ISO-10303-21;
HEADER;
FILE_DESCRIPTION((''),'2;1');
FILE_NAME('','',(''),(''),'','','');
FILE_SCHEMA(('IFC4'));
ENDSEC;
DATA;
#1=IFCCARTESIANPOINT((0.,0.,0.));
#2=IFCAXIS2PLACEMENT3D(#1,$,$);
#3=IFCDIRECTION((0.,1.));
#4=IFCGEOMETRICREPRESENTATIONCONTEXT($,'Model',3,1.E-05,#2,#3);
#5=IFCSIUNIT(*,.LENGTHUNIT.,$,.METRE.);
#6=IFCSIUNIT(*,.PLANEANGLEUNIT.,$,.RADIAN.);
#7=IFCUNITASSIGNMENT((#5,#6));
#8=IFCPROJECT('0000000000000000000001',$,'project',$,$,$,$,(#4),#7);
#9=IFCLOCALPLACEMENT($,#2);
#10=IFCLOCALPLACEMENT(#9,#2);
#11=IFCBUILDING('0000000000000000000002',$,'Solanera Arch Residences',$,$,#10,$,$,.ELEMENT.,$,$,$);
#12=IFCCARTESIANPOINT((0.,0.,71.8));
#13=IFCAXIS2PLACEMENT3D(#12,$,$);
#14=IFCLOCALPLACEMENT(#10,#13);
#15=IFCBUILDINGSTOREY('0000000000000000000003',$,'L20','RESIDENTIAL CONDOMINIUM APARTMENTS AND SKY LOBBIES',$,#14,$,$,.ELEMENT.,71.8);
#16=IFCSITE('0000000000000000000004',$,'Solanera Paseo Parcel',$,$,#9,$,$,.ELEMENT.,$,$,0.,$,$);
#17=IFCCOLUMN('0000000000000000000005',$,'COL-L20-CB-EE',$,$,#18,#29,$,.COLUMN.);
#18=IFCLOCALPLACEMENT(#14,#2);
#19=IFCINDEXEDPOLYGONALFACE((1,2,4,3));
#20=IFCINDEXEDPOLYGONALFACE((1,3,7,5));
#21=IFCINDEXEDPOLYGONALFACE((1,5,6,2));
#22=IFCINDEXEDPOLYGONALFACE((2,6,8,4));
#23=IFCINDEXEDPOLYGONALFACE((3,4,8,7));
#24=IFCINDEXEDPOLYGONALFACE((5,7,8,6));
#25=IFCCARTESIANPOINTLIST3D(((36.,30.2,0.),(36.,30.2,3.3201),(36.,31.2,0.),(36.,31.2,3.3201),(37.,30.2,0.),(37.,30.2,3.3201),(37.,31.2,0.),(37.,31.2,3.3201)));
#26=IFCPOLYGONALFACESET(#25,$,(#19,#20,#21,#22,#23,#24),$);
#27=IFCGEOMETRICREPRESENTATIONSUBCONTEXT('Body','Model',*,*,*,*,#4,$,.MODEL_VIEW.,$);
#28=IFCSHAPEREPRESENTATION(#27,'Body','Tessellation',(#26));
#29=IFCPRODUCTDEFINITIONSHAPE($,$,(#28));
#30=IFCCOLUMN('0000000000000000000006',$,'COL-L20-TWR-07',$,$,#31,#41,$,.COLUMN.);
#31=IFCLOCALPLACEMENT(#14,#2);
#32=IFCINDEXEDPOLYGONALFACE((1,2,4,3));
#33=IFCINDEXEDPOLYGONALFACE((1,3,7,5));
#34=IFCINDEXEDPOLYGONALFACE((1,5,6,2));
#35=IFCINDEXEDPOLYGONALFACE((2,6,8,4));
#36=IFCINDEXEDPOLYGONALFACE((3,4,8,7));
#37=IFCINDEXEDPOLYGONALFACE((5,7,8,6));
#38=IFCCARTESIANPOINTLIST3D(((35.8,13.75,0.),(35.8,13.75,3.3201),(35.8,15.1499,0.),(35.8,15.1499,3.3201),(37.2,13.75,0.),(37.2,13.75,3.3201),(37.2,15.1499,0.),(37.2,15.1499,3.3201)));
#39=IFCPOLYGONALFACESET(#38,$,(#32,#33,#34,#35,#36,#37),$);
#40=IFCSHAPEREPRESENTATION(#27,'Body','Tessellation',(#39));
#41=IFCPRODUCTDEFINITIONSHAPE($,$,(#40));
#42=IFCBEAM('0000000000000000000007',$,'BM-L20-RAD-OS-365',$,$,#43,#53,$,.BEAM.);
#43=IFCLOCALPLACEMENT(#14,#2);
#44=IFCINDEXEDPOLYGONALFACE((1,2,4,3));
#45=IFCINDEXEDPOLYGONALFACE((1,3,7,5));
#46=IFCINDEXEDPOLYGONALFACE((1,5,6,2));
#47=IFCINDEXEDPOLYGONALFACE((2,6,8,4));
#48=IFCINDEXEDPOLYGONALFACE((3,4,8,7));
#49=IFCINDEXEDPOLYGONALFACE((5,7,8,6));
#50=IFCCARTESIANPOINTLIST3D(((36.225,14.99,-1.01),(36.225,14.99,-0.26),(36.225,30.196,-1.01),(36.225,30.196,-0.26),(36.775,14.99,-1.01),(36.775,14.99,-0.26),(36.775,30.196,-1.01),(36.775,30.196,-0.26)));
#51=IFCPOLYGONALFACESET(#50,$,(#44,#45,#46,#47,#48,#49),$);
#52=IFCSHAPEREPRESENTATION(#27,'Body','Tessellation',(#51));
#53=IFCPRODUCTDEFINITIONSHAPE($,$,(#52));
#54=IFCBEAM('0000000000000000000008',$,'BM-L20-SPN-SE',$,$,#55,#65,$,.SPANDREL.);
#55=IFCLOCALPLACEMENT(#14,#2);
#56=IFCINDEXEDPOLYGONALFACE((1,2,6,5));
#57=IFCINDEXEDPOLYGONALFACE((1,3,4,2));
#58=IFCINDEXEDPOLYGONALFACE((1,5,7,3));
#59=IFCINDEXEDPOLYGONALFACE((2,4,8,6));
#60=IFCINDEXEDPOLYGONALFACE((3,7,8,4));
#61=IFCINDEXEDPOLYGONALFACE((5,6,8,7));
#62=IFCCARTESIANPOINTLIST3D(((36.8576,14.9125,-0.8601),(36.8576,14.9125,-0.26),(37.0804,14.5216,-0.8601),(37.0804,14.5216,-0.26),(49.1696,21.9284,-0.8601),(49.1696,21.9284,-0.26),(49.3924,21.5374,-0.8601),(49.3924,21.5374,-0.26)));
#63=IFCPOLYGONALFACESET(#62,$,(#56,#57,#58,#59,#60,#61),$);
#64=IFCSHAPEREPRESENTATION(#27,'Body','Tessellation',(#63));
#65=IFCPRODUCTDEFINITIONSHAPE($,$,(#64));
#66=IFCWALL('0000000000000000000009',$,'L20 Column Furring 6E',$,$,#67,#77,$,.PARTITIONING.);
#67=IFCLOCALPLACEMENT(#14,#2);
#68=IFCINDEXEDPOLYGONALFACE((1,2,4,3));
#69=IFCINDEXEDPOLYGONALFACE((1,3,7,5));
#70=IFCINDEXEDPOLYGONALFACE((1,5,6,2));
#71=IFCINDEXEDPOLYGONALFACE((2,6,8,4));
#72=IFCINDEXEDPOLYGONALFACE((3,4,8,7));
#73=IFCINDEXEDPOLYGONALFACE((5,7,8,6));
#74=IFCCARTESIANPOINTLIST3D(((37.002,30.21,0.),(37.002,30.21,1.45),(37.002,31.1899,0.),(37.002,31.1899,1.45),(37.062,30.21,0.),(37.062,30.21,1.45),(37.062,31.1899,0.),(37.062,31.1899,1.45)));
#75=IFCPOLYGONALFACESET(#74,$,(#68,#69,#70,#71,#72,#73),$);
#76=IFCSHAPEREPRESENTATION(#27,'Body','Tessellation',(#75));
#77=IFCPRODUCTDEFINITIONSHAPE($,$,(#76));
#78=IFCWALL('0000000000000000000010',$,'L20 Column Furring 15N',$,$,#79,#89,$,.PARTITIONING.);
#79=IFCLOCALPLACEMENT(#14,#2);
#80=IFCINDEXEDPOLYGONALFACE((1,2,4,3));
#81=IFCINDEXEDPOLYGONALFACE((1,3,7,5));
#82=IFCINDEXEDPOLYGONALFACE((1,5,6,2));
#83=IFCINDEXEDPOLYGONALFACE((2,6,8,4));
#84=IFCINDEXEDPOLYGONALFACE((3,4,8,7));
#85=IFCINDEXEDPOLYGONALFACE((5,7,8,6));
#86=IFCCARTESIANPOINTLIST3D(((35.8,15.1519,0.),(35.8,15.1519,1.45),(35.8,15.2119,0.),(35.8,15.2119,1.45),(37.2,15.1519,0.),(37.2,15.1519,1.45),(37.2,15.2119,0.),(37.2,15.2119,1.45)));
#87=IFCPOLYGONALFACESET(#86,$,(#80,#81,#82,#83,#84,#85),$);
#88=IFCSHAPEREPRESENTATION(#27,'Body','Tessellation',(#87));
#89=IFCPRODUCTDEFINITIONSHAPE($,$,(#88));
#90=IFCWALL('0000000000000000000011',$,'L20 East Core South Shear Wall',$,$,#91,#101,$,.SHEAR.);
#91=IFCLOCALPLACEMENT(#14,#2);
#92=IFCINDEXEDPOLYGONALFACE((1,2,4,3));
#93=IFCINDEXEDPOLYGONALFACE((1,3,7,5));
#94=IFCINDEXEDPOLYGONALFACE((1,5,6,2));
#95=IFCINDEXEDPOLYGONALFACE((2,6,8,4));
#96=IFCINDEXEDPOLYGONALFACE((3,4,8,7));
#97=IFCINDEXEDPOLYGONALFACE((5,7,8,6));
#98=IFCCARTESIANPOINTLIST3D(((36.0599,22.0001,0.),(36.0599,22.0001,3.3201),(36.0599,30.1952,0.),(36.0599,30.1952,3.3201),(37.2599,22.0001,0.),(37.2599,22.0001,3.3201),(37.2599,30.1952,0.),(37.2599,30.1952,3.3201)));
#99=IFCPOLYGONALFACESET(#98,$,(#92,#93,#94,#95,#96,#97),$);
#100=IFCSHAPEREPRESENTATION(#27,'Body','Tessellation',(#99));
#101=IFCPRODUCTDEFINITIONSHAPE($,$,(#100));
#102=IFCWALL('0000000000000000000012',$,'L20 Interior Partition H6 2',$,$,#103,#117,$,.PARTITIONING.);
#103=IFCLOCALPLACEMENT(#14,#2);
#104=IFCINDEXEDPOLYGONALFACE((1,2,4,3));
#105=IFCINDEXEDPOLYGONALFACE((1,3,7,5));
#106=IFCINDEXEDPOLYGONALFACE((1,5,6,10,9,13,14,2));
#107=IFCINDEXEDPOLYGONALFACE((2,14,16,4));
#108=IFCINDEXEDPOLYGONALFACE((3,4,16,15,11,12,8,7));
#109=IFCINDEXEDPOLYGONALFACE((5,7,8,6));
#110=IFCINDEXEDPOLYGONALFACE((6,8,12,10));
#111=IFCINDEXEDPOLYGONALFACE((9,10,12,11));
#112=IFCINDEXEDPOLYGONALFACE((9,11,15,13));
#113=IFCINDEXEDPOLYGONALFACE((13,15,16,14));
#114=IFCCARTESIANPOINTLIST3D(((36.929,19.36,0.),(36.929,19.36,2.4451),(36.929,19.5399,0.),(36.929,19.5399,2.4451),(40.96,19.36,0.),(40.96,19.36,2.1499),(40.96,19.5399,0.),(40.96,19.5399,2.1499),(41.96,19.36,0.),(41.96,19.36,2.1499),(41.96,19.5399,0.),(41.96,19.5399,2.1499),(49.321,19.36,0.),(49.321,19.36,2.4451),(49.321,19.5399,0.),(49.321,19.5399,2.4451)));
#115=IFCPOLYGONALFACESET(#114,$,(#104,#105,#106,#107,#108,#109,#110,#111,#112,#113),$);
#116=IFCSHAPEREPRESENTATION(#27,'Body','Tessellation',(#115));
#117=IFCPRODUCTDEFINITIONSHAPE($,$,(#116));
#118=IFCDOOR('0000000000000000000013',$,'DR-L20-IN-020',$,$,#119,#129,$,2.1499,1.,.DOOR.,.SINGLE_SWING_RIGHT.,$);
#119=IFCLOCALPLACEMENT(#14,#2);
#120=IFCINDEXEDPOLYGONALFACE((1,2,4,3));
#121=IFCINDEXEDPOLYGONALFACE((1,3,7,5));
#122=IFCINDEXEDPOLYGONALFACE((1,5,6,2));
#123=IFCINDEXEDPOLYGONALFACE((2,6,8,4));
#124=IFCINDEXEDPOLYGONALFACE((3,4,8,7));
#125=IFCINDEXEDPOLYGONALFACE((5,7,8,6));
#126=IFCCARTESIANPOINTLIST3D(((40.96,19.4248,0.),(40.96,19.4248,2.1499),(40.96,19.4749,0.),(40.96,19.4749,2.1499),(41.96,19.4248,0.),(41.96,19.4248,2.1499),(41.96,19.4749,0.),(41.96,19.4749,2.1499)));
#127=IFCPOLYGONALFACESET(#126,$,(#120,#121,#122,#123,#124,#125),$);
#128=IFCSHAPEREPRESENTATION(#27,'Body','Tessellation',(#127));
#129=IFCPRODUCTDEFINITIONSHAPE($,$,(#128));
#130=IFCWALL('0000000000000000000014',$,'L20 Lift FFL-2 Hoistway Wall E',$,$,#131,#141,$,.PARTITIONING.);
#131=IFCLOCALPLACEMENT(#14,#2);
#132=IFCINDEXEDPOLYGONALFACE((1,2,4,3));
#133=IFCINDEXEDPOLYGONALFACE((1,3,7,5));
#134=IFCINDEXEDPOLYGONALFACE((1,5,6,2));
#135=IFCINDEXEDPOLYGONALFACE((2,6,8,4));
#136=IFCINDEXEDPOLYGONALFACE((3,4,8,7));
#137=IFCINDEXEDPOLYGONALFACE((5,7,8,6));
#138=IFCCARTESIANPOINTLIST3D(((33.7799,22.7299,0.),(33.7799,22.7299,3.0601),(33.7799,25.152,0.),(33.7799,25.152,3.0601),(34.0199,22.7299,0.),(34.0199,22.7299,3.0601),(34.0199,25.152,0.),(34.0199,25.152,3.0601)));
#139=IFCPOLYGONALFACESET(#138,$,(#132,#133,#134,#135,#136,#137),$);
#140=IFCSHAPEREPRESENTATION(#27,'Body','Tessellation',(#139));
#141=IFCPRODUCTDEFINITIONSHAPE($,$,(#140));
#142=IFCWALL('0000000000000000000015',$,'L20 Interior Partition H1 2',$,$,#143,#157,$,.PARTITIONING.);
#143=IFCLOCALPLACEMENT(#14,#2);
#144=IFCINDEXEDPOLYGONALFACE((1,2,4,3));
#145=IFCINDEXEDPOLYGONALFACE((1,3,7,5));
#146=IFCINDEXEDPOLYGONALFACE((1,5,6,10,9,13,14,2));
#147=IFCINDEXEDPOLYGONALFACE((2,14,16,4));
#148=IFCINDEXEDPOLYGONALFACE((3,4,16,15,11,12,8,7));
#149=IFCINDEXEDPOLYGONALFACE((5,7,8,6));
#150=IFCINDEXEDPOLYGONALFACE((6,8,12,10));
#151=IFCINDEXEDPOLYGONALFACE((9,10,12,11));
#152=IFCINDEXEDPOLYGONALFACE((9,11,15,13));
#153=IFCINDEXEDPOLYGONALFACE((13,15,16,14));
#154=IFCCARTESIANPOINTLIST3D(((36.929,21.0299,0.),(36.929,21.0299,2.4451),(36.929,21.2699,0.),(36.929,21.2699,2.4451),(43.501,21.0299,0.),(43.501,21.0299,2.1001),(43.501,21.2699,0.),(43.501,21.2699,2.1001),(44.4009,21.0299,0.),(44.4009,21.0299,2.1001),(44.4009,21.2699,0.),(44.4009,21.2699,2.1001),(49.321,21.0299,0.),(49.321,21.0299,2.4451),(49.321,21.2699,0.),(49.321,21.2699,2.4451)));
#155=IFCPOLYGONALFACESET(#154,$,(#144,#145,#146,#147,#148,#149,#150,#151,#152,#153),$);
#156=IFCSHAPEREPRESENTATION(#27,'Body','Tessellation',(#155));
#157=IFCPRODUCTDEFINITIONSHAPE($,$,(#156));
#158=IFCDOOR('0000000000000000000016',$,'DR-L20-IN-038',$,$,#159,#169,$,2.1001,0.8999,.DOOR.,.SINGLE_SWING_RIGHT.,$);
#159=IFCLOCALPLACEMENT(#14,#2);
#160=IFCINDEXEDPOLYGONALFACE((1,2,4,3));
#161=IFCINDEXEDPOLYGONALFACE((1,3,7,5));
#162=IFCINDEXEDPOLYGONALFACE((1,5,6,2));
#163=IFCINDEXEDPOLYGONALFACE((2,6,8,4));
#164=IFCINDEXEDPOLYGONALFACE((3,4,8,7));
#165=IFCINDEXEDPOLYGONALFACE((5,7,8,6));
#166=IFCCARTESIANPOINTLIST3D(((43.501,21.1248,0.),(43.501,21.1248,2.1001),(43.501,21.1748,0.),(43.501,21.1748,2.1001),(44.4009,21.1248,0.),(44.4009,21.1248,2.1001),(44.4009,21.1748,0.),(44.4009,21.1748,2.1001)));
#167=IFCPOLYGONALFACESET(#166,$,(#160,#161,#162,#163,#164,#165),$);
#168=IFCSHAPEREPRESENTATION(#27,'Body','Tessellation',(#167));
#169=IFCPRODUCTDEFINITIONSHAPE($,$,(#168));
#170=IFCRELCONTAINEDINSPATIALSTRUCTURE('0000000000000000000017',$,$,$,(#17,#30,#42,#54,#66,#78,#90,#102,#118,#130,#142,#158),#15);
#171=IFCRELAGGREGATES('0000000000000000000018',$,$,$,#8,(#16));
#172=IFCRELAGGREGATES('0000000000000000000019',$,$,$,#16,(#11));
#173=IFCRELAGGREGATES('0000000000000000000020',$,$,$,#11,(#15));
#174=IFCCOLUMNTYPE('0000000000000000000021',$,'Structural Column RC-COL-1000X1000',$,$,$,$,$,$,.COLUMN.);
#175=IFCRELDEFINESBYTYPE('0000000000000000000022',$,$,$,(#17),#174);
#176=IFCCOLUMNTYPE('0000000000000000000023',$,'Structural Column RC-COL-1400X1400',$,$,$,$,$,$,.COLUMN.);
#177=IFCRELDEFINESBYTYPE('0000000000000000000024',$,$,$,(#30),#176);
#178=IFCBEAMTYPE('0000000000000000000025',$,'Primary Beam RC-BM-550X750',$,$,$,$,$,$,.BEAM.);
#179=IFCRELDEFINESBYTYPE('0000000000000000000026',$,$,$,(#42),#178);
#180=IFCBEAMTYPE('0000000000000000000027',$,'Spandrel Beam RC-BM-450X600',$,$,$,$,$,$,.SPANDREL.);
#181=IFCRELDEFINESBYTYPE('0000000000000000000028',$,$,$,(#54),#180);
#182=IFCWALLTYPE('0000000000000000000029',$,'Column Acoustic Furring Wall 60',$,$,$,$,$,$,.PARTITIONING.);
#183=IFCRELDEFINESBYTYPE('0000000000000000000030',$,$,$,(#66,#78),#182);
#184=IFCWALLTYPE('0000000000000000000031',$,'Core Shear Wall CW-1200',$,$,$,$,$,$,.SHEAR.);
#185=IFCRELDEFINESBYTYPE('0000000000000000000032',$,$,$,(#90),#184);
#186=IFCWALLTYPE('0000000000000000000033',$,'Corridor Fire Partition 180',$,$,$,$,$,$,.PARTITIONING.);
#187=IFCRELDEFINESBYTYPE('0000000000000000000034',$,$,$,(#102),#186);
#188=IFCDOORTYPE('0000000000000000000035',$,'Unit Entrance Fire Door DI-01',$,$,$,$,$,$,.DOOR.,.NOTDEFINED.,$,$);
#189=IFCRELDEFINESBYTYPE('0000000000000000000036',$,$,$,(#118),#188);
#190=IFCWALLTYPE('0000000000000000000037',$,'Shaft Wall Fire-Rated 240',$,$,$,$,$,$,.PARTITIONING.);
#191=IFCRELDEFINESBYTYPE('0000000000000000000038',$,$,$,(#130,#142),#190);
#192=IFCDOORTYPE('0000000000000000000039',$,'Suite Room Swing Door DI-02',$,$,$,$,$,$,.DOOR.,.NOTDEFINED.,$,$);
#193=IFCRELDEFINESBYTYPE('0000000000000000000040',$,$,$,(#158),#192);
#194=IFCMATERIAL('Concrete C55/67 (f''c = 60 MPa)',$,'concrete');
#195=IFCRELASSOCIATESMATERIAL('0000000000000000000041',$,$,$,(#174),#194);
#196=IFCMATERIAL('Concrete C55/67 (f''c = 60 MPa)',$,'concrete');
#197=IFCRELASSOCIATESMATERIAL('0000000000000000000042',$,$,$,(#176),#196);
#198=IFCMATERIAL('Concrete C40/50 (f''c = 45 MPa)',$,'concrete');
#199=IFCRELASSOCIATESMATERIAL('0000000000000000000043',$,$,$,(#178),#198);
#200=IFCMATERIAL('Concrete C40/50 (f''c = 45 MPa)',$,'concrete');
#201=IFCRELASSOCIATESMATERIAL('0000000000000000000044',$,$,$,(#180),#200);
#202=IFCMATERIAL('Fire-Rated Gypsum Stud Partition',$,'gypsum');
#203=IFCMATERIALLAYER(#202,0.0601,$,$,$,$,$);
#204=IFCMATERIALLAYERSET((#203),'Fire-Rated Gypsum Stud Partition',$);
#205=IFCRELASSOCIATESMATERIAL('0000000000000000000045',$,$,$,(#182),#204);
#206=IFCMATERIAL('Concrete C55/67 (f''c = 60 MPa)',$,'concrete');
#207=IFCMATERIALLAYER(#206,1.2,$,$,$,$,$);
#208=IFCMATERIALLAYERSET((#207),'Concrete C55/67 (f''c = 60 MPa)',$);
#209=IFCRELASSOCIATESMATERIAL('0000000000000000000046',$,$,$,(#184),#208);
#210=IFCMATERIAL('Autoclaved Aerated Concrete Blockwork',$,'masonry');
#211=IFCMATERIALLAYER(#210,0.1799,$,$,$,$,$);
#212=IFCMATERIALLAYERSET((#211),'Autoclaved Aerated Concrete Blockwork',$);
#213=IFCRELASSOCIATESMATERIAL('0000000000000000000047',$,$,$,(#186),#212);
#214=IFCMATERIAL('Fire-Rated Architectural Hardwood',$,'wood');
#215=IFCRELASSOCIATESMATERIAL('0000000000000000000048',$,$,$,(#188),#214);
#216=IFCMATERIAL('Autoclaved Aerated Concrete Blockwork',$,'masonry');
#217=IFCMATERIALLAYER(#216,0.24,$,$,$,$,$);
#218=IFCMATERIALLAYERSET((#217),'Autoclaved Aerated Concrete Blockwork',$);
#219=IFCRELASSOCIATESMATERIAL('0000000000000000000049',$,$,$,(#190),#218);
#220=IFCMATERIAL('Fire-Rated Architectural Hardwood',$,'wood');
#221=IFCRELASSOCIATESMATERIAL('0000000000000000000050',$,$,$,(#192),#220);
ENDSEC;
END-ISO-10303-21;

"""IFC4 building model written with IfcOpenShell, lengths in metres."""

from ifc_helpers import new_model, si_unit, direction, frame, frame_2d, origin, origin_2d, place, context, subcontext, project, spatial, rectangle, extrude, material, layer, layer_set, material_profile, profile_set, type_object, element, fill, save


model = new_model("IFC4")

# Units and contexts
model_context = context("Model", 3, precision=1e-05, world=origin(), true_north=direction((0.0, 1.0)))
body_context = subcontext(model_context, "Body", "Model", "MODEL_VIEW")
ifc_project = project(units=[si_unit("LENGTHUNIT", "METRE"), si_unit("PLANEANGLEUNIT", "RADIAN")], contexts=[model_context])

# Site, building, storey
site_placement = place(None, origin())
site = spatial("IfcSite", under=ifc_project, at=site_placement, Name="Solanera Paseo Parcel", CompositionType="ELEMENT", RefElevation=0.0)
building_placement = place(site_placement, origin())
building = spatial("IfcBuilding", under=site, at=building_placement, Name="Solanera Arch Residences", CompositionType="ELEMENT")
storey_placement = place(building_placement, frame((0.0, 0.0, 71.8)))
storey = spatial("IfcBuildingStorey", under=building, at=storey_placement, Name="L20", Description="RESIDENTIAL CONDOMINIUM APARTMENTS AND SKY LOBBIES", CompositionType="ELEMENT", Elevation=71.8)

# Columns
ifc_material_1 = material(Name="Concrete C55/67 (f'c = 60 MPa)", Category="concrete")
ifc_material_profile_1 = material_profile(ifc_material_1, rectangle(XDim=1.0, YDim=1.0, at=origin_2d()))
ifc_profile_set_1 = profile_set([ifc_material_profile_1], Name="Concrete C55/67 (f'c = 60 MPa)")
column_type_1 = type_object("IfcColumnType", Name="Structural Column RC-COL-1000X1000", PredefinedType="COLUMN", material=ifc_profile_set_1)
column_1_placement = place(storey_placement, frame((36.5, 30.7, 0.0), z_axis=(0.0, 0.0, 1.0), x_axis=(1.0, 0.0, 0.0)))
element("IfcColumn", 1, at=column_1_placement, inside=storey, type_object=column_type_1, Name="COL-L20-CB-EE", PredefinedType="COLUMN", context=body_context, shape_type="SweptSolid", body=[
    extrude(rectangle(XDim=1.0, YDim=1.0, at=origin_2d()), origin(), (0.0, 0.0, 1.0), 3.3201),
])
ifc_material_2 = material(Name="Concrete C55/67 (f'c = 60 MPa)", Category="concrete")
ifc_material_profile_2 = material_profile(ifc_material_2, rectangle(XDim=1.3999, YDim=1.3999, at=origin_2d()))
ifc_profile_set_2 = profile_set([ifc_material_profile_2], Name="Concrete C55/67 (f'c = 60 MPa)")
column_type_2 = type_object("IfcColumnType", Name="Structural Column RC-COL-1400X1400", PredefinedType="COLUMN", material=ifc_profile_set_2)
column_2_placement = place(storey_placement, frame((36.5, 14.45, 0.0), z_axis=(0.0, 0.0, 1.0), x_axis=(1.0, 0.0, 0.0)))
element("IfcColumn", 2, at=column_2_placement, inside=storey, type_object=column_type_2, Name="COL-L20-TWR-07", PredefinedType="COLUMN", context=body_context, shape_type="SweptSolid", body=[
    extrude(rectangle(XDim=1.3999, YDim=1.3999, at=origin_2d()), origin(), (0.0, 0.0, 1.0), 3.3201),
])

# Beams
ifc_material_3 = material(Name="Concrete C40/50 (f'c = 45 MPa)", Category="concrete")
ifc_material_profile_3 = material_profile(ifc_material_3, rectangle(XDim=0.55, YDim=0.75, at=origin_2d()))
ifc_profile_set_3 = profile_set([ifc_material_profile_3], Name="Concrete C40/50 (f'c = 45 MPa)")
beam_type_1 = type_object("IfcBeamType", Name="Primary Beam RC-BM-550X750", PredefinedType="BEAM", material=ifc_profile_set_3)
beam_1_placement = place(storey_placement, frame((36.5, 14.99, -0.635), z_axis=(0.0, 1.0, 0.0), x_axis=(-1.0, 0.0, 0.0)))
element("IfcBeam", 3, at=beam_1_placement, inside=storey, type_object=beam_type_1, Name="BM-L20-RAD-OS-365", PredefinedType="BEAM", context=body_context, shape_type="SweptSolid", body=[
    extrude(rectangle(XDim=0.55, YDim=0.75, at=origin_2d()), origin(), (0.0, 0.0, 1.0), 15.2061),
])
ifc_material_4 = material(Name="Concrete C40/50 (f'c = 45 MPa)", Category="concrete")
ifc_material_profile_4 = material_profile(ifc_material_4, rectangle(XDim=0.45, YDim=0.6001, at=origin_2d()))
ifc_profile_set_4 = profile_set([ifc_material_profile_4], Name="Concrete C40/50 (f'c = 45 MPa)")
beam_type_2 = type_object("IfcBeamType", Name="Spandrel Beam RC-BM-450X600", PredefinedType="SPANDREL", material=ifc_profile_set_4)
beam_2_placement = place(storey_placement, frame((36.969, 14.717, -0.5601), z_axis=(0.868837, 0.495098, 0.0), x_axis=(-0.495098, 0.868837, 0.0)))
element("IfcBeam", 4, at=beam_2_placement, inside=storey, type_object=beam_type_2, Name="BM-L20-SPN-SE", PredefinedType="SPANDREL", context=body_context, shape_type="SweptSolid", body=[
    extrude(rectangle(XDim=0.45, YDim=0.6001, at=origin_2d()), origin(), (0.0, 0.0, 1.0), 14.1707),
])

# Walls
ifc_material_5 = material(Name="Fire-Rated Gypsum Stud Partition", Category="gypsum")
ifc_layer_1 = layer(ifc_material_5, 0.0601)
ifc_layer_set_1 = layer_set([ifc_layer_1], Name="Fire-Rated Gypsum Stud Partition")
wall_type_1 = type_object("IfcWallType", Name="Column Acoustic Furring Wall 60", PredefinedType="PARTITIONING", material=ifc_layer_set_1)
wall_1_placement = place(storey_placement, frame((37.032, 30.21, 0.0), z_axis=(0.0, 0.0, 1.0), x_axis=(0.0, 1.0, 0.0)))
element("IfcWall", 5, at=wall_1_placement, inside=storey, type_object=wall_type_1, Name="L20 Column Furring 6E", PredefinedType="PARTITIONING", context=body_context, shape_type="SweptSolid", body=[
    extrude(rectangle(XDim=0.98, YDim=0.0601, at=frame_2d((0.49, 0.0))), origin(), (0.0, 0.0, 1.0), 1.45),
])
wall_2_placement = place(storey_placement, frame((35.8, 15.1819, 0.0), z_axis=(0.0, 0.0, 1.0), x_axis=(1.0, 0.0, 0.0)))
element("IfcWall", 6, at=wall_2_placement, inside=storey, type_object=wall_type_1, Name="L20 Column Furring 15N", PredefinedType="PARTITIONING", context=body_context, shape_type="SweptSolid", body=[
    extrude(rectangle(XDim=1.3999, YDim=0.0601, at=frame_2d((0.7, 0.0))), origin(), (0.0, 0.0, 1.0), 1.45),
])
ifc_material_6 = material(Name="Concrete C55/67 (f'c = 60 MPa)", Category="concrete")
ifc_layer_2 = layer(ifc_material_6, 1.2)
ifc_layer_set_2 = layer_set([ifc_layer_2], Name="Concrete C55/67 (f'c = 60 MPa)")
wall_type_2 = type_object("IfcWallType", Name="Core Shear Wall CW-1200", PredefinedType="SHEAR", material=ifc_layer_set_2)
wall_3_placement = place(storey_placement, frame((36.6599, 22.0, 0.0), z_axis=(0.0, 0.0, 1.0), x_axis=(0.0, 1.0, 0.0)))
element("IfcWall", 7, at=wall_3_placement, inside=storey, type_object=wall_type_2, Name="L20 East Core South Shear Wall", PredefinedType="SHEAR", context=body_context, shape_type="SweptSolid", body=[
    extrude(rectangle(XDim=8.1951, YDim=1.2, at=frame_2d((4.0977, 0.0))), origin(), (0.0, 0.0, 1.0), 3.3201),
])

# Wall, opening, door
ifc_material_7 = material(Name="Autoclaved Aerated Concrete Blockwork", Category="masonry")
ifc_layer_3 = layer(ifc_material_7, 0.1799)
ifc_layer_set_3 = layer_set([ifc_layer_3], Name="Autoclaved Aerated Concrete Blockwork")
wall_type_3 = type_object("IfcWallType", Name="Corridor Fire Partition 180", PredefinedType="PARTITIONING", material=ifc_layer_set_3)
wall_4_placement = place(storey_placement, frame((36.929, 19.45, 0.0), z_axis=(0.0, 0.0, 1.0), x_axis=(1.0, 0.0, 0.0)))
wall_4 = element("IfcWall", 8, at=wall_4_placement, inside=storey, type_object=wall_type_3, Name="L20 Interior Partition H6 2", PredefinedType="PARTITIONING", context=body_context, shape_type="SweptSolid", body=[
    extrude(rectangle(XDim=12.3921, YDim=0.1799, at=frame_2d((6.196, 0.0))), origin(), (0.0, 0.0, 1.0), 2.4451),
])
opening_1_placement = place(wall_4_placement, frame((4.031, 0.0, 0.0)))
opening_1 = element("IfcOpeningElement", 9, at=opening_1_placement, cuts=wall_4, PredefinedType="OPENING", context=body_context, shape_type="SweptSolid", body=[
    extrude(rectangle(XDim=1.0, YDim=2.1499, at=frame_2d((0.5, 1.075))), frame((0.0, 0.1001, 0.0), z_axis=(0.0, -1.0, 0.0), x_axis=(1.0, 0.0, 0.0)), (0.0, 0.0, 1.0), 0.1999),
])
ifc_material_8 = material(Name="Fire-Rated Architectural Hardwood", Category="wood")
door_type_1 = type_object("IfcDoorType", Name="Unit Entrance Fire Door DI-01", OperationType="NOTDEFINED", PredefinedType="DOOR", material=ifc_material_8)
door_1_placement = place(opening_1_placement, origin())
door_1 = element("IfcDoor", 10, at=door_1_placement, inside=storey, type_object=door_type_1, Name="DR-L20-IN-020", OperationType="SINGLE_SWING_RIGHT", OverallHeight=2.1499, OverallWidth=1.0, PredefinedType="DOOR", context=body_context, shape_type="SweptSolid", body=[
    extrude(rectangle(XDim=1.0, YDim=2.1499, at=frame_2d((0.5, 1.075))), frame((0.0, 0.0249, 0.0), z_axis=(0.0, -1.0, 0.0), x_axis=(1.0, 0.0, 0.0)), (0.0, 0.0, 1.0), 0.05),
])
fill(opening_1, door_1)

# Wall
ifc_material_9 = material(Name="Autoclaved Aerated Concrete Blockwork", Category="masonry")
ifc_layer_4 = layer(ifc_material_9, 0.24)
ifc_layer_set_4 = layer_set([ifc_layer_4], Name="Autoclaved Aerated Concrete Blockwork")
wall_type_4 = type_object("IfcWallType", Name="Shaft Wall Fire-Rated 240", PredefinedType="PARTITIONING", material=ifc_layer_set_4)
wall_5_placement = place(storey_placement, frame((33.8999, 22.73, 0.0), z_axis=(0.0, 0.0, 1.0), x_axis=(0.0, 1.0, 0.0)))
element("IfcWall", 11, at=wall_5_placement, inside=storey, type_object=wall_type_4, Name="L20 Lift FFL-2 Hoistway Wall E", PredefinedType="PARTITIONING", context=body_context, shape_type="SweptSolid", body=[
    extrude(rectangle(XDim=2.4221, YDim=0.24, at=frame_2d((1.2109, 0.0))), origin(), (0.0, 0.0, 1.0), 3.0601),
])

# Wall, opening, door
wall_6_placement = place(storey_placement, frame((36.929, 21.1499, 0.0), z_axis=(0.0, 0.0, 1.0), x_axis=(1.0, 0.0, 0.0)))
wall_6 = element("IfcWall", 12, at=wall_6_placement, inside=storey, type_object=wall_type_4, Name="L20 Interior Partition H1 2", PredefinedType="PARTITIONING", context=body_context, shape_type="SweptSolid", body=[
    extrude(rectangle(XDim=12.3921, YDim=0.24, at=frame_2d((6.196, 0.0))), origin(), (0.0, 0.0, 1.0), 2.4451),
])
opening_2_placement = place(wall_6_placement, frame((6.572, 0.0, 0.0)))
opening_2 = element("IfcOpeningElement", 13, at=opening_2_placement, cuts=wall_6, PredefinedType="OPENING", context=body_context, shape_type="SweptSolid", body=[
    extrude(rectangle(XDim=0.8999, YDim=2.1001, at=frame_2d((0.45, 1.05))), frame((0.0, 0.1299, 0.0), z_axis=(0.0, -1.0, 0.0), x_axis=(1.0, 0.0, 0.0)), (0.0, 0.0, 1.0), 0.26),
])
ifc_material_10 = material(Name="Fire-Rated Architectural Hardwood", Category="wood")
door_type_2 = type_object("IfcDoorType", Name="Suite Room Swing Door DI-02", OperationType="NOTDEFINED", PredefinedType="DOOR", material=ifc_material_10)
door_2_placement = place(opening_2_placement, origin())
door_2 = element("IfcDoor", 14, at=door_2_placement, inside=storey, type_object=door_type_2, Name="DR-L20-IN-038", OperationType="SINGLE_SWING_RIGHT", OverallHeight=2.1001, OverallWidth=0.8999, PredefinedType="DOOR", context=body_context, shape_type="SweptSolid", body=[
    extrude(rectangle(XDim=0.8999, YDim=2.1001, at=frame_2d((0.45, 1.05))), frame((0.0, 0.0249, 0.0), z_axis=(0.0, -1.0, 0.0), x_axis=(1.0, 0.0, 0.0)), (0.0, 0.0, 1.0), 0.05),
])
fill(opening_2, door_2)

save(model, "model.ifc")
